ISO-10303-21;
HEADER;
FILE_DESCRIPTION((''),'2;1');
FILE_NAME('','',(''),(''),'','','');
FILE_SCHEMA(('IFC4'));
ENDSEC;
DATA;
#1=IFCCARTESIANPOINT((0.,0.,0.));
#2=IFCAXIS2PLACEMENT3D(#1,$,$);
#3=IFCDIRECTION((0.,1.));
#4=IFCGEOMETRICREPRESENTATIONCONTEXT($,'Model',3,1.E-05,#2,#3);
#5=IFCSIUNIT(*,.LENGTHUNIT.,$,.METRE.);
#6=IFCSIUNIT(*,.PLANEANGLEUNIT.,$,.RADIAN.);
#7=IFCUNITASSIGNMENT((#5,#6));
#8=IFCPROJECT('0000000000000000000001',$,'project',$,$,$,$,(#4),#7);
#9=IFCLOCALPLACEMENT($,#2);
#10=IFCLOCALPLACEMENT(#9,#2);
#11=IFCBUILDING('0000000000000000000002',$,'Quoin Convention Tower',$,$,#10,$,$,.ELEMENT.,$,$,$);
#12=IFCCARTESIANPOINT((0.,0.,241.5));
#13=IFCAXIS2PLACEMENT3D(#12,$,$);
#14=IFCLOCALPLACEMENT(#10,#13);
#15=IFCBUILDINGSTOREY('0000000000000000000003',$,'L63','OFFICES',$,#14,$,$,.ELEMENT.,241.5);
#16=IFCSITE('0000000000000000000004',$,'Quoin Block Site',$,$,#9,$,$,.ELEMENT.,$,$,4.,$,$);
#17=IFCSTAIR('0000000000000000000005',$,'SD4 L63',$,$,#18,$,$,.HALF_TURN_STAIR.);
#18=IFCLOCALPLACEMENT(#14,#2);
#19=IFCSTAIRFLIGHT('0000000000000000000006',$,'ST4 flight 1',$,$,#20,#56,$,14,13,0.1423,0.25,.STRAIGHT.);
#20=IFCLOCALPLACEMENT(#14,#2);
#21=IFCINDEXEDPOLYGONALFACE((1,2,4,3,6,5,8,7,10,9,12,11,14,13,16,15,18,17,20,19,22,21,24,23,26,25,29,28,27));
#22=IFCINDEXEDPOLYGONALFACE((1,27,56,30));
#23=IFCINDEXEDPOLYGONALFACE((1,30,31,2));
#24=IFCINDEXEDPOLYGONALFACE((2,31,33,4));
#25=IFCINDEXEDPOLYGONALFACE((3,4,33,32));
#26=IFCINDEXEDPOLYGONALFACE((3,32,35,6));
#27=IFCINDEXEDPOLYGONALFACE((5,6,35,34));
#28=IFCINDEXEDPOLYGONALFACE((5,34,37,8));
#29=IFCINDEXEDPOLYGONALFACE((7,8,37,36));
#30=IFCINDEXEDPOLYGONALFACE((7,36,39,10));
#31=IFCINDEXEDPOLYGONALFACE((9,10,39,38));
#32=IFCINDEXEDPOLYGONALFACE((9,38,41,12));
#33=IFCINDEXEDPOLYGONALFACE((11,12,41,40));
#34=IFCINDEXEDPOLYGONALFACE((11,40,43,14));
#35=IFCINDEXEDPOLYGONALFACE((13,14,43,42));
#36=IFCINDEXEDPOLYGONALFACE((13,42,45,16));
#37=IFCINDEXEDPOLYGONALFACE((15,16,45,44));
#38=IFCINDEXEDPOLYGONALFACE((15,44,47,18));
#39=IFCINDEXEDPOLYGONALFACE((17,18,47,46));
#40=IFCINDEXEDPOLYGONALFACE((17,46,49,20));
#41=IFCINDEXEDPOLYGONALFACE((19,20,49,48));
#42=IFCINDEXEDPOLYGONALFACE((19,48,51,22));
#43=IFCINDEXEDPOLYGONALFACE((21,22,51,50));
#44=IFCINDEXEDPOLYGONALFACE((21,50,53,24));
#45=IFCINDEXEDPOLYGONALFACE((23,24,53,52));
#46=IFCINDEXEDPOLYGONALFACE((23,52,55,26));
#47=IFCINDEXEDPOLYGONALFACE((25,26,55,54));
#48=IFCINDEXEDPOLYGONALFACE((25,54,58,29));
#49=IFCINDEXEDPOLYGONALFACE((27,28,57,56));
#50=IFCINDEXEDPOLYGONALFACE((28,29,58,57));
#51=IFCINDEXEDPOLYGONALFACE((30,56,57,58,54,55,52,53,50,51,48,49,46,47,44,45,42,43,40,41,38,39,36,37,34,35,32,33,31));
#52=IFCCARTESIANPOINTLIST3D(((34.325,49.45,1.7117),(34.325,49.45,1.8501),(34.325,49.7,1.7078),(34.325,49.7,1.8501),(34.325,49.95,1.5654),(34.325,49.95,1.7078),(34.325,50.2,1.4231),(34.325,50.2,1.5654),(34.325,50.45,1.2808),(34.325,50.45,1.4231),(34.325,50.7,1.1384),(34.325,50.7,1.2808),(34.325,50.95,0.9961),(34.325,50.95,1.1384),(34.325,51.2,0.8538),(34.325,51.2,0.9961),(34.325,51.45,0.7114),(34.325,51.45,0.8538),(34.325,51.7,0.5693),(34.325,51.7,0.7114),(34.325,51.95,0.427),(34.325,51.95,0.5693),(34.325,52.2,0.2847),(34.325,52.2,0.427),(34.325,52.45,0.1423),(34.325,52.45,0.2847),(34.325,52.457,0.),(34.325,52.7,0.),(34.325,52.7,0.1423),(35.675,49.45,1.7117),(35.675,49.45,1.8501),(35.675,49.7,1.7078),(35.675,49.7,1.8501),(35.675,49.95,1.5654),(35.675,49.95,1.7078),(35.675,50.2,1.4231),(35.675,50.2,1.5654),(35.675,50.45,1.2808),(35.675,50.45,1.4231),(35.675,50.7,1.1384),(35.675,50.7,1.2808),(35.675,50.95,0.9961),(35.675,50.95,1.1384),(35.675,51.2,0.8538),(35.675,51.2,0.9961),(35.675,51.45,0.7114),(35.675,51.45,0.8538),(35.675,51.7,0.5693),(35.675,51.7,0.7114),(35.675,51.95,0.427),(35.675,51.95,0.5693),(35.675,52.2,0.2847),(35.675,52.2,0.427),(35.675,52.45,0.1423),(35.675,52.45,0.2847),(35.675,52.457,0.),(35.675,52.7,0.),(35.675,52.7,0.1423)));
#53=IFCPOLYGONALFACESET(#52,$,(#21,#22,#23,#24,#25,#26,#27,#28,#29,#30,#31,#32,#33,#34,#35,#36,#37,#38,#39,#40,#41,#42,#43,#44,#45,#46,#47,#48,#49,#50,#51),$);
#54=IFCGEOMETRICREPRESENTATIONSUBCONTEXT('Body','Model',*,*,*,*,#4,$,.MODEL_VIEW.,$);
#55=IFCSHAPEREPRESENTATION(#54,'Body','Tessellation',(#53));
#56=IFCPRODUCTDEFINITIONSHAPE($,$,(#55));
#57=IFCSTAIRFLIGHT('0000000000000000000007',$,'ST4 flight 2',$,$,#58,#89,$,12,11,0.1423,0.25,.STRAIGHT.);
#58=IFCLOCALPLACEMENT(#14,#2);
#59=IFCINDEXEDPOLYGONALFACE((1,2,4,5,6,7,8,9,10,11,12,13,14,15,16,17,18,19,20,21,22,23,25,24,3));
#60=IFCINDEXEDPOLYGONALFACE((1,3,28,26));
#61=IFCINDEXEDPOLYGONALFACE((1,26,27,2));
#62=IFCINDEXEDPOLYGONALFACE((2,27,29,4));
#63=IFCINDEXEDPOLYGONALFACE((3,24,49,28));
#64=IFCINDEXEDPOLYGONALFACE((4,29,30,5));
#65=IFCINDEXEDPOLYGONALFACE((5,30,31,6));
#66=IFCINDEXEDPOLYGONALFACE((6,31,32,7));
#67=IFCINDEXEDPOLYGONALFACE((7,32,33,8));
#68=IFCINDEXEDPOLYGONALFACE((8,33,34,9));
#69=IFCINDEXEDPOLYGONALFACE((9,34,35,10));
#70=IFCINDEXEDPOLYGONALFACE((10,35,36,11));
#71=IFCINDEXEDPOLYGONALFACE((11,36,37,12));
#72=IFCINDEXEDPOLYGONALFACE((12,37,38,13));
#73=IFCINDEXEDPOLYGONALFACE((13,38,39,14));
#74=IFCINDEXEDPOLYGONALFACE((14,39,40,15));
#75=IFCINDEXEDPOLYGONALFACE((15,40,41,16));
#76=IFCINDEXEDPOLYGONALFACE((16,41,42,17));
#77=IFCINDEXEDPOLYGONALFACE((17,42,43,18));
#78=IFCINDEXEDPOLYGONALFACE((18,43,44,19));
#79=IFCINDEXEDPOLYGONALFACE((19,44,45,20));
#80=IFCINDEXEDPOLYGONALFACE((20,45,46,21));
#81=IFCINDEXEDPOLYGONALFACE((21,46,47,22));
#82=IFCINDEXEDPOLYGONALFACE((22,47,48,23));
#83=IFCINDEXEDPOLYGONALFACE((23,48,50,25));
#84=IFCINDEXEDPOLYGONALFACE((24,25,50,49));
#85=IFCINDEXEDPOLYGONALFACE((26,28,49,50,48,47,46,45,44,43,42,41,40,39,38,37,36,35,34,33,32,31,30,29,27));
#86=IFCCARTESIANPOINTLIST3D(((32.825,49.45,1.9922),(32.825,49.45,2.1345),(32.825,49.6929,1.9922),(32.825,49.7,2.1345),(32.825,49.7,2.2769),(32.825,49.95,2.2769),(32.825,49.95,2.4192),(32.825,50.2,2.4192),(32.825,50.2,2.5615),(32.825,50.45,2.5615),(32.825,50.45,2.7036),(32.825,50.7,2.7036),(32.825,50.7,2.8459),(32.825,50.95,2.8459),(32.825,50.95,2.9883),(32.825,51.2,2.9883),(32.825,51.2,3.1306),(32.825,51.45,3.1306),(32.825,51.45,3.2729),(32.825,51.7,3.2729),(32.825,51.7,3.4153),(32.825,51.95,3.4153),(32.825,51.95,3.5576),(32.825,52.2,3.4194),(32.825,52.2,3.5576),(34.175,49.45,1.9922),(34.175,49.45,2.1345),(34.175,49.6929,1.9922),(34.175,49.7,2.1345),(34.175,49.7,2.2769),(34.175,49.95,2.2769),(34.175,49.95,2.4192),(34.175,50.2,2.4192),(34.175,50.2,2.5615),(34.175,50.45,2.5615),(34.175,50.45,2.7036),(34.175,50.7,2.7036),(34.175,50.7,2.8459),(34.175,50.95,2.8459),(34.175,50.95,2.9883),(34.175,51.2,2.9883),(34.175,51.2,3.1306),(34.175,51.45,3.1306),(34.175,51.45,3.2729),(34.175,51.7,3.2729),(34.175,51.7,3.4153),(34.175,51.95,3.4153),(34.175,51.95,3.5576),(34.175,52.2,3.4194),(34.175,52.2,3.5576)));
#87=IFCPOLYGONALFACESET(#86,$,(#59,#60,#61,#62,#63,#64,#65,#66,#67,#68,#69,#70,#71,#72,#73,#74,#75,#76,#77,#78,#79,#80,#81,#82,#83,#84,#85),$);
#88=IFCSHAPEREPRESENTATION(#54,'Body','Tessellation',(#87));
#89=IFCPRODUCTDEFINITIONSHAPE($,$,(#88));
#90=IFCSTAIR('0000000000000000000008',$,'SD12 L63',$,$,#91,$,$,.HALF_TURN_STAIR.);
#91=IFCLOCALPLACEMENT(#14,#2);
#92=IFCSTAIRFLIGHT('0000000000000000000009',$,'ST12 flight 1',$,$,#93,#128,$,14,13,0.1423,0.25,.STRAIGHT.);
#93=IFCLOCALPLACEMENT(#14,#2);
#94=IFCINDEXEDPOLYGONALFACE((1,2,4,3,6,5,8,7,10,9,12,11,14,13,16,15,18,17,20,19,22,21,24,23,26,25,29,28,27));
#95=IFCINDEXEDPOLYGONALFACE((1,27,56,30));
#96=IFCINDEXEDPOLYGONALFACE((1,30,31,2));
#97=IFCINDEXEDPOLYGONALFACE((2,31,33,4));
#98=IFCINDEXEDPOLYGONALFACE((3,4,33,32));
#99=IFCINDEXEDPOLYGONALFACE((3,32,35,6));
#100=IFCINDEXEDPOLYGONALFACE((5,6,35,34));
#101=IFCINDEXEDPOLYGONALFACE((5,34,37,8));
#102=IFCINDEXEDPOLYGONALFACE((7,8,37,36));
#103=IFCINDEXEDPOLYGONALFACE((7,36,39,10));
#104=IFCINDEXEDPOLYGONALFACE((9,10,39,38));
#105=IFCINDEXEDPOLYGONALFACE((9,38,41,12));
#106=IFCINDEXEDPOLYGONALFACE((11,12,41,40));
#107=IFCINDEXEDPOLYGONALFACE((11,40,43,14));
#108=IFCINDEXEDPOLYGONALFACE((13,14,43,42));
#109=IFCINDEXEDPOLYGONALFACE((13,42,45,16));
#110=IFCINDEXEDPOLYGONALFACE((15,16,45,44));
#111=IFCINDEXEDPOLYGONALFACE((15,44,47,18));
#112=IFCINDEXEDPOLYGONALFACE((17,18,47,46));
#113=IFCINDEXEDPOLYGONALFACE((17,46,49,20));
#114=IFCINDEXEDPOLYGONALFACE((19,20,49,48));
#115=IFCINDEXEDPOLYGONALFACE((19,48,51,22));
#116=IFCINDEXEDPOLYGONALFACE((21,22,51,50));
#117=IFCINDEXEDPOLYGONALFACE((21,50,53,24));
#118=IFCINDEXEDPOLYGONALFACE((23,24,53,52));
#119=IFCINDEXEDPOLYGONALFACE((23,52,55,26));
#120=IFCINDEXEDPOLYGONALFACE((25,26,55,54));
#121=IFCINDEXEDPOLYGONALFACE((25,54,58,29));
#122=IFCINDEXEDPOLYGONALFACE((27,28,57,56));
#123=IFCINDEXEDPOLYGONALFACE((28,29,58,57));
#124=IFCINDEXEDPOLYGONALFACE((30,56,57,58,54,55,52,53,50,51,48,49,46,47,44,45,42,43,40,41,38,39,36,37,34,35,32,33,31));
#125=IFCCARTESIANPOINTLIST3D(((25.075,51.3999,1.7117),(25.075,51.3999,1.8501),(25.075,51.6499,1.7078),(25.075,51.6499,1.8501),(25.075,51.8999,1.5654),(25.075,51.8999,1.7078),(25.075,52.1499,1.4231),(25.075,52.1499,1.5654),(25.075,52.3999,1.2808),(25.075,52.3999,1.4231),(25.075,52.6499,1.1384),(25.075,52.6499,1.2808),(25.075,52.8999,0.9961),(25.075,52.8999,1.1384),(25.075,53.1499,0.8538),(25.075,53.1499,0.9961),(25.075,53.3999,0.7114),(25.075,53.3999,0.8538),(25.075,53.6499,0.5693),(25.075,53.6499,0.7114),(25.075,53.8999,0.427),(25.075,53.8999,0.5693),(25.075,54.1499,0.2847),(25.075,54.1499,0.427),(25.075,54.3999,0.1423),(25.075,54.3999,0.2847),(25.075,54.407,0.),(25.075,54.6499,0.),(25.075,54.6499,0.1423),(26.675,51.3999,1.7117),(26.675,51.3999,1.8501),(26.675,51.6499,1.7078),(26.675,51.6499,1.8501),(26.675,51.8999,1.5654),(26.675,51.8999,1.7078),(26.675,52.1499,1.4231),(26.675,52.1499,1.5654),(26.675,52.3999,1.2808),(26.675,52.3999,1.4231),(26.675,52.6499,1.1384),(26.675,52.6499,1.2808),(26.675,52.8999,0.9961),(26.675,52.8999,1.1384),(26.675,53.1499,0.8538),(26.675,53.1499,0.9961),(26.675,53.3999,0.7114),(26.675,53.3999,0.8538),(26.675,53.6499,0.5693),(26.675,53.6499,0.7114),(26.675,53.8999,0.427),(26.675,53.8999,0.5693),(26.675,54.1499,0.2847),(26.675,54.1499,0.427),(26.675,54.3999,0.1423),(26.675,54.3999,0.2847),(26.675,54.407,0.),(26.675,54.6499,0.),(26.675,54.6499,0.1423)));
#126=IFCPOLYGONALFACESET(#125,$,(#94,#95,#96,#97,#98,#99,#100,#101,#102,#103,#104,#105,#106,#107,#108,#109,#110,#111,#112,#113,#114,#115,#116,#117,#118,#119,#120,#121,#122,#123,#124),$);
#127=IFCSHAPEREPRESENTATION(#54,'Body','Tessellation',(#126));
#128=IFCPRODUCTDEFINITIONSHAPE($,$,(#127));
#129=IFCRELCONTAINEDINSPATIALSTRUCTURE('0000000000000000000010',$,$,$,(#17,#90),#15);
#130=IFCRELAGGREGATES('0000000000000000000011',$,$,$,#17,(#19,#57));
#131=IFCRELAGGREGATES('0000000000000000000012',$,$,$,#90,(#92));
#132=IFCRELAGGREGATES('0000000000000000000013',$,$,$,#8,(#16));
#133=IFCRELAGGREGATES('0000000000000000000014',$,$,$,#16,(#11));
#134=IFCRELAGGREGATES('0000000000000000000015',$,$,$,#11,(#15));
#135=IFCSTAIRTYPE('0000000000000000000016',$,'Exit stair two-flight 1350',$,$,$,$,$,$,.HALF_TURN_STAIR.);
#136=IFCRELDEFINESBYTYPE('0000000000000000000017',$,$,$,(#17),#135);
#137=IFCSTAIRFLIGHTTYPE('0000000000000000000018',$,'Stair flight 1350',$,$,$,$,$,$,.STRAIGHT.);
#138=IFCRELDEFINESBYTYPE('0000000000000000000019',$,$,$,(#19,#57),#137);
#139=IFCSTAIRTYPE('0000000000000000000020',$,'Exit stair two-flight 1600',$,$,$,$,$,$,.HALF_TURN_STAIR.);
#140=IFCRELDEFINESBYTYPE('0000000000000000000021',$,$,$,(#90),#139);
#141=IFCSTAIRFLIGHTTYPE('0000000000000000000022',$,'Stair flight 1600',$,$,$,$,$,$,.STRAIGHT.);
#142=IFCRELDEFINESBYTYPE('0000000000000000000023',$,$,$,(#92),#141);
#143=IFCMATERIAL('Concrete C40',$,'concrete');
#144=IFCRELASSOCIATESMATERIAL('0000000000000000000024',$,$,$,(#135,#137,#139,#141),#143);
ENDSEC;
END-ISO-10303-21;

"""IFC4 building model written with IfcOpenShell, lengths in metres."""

from ifc_helpers import new_model, si_unit, direction, frame, origin, place, context, subcontext, project, spatial, polyline, outline, extrude, material, type_object, element, aggregate, save


model = new_model("IFC4")

# Units and contexts
model_context = context("Model", 3, precision=1e-05, world=origin(), true_north=direction((0.0, 1.0)))
body_context = subcontext(model_context, "Body", "Model", "MODEL_VIEW")
ifc_project = project(units=[si_unit("LENGTHUNIT", "METRE"), si_unit("PLANEANGLEUNIT", "RADIAN")], contexts=[model_context])

# Site, building, storey
site_placement = place(None, origin())
site = spatial("IfcSite", under=ifc_project, at=site_placement, Name="Quoin Block Site", CompositionType="ELEMENT", RefElevation=4.0)
building_placement = place(site_placement, origin())
building = spatial("IfcBuilding", under=site, at=building_placement, Name="Quoin Convention Tower", CompositionType="ELEMENT")
storey_placement = place(building_placement, frame((0.0, 0.0, 241.5)))
storey = spatial("IfcBuildingStorey", under=building, at=storey_placement, Name="L63", Description="OFFICES", CompositionType="ELEMENT", Elevation=241.5)

# Shared definitions
ifc_material_1 = material(Name="Concrete C40", Category="concrete")
stair_type_1 = type_object("IfcStairType", Name="Exit stair two-flight 1350", PredefinedType="HALF_TURN_STAIR", material=ifc_material_1)
stair_flight_type_1 = type_object("IfcStairFlightType", Name="Stair flight 1350", PredefinedType="STRAIGHT", material=ifc_material_1)

# Stair, stair flights
stair_1_placement = place(storey_placement, origin())
stair_1 = element("IfcStair", 1, at=stair_1_placement, inside=storey, type_object=stair_type_1, Name="SD4 L63", PredefinedType="HALF_TURN_STAIR")
stair_flight_1_placement = place(storey_placement, frame((35.0, 52.7, 0.0), z_axis=(0.0, 0.0, 1.0), x_axis=(0.0, -1.0, 0.0)))
stair_flight_1 = element("IfcStairFlight", 2, at=stair_flight_1_placement, type_object=stair_flight_type_1, Name="ST4 flight 1", NumberOfRisers=14, NumberOfTreads=13, PredefinedType="STRAIGHT", RiserHeight=0.1423, TreadLength=0.25, context=body_context, shape_type="SweptSolid", body=[
    extrude(outline(polyline([(0.0, 0.0), (0.0, 0.1423), (0.25, 0.1423), (0.25, 0.2847), (0.5, 0.2847), (0.5, 0.427), (0.75, 0.427), (0.75, 0.5693), (1.0, 0.5693), (1.0, 0.7114), (1.25, 0.7114), (1.25, 0.8538), (1.5, 0.8538), (1.5, 0.9961), (1.75, 0.9961), (1.75, 1.1384), (2.0, 1.1384), (2.0, 1.2808), (2.25, 1.2808), (2.25, 1.4231), (2.5, 1.4231), (2.5, 1.5654), (2.75, 1.5654), (2.75, 1.7078), (3.0, 1.7078), (3.0, 1.8501), (3.25, 1.8501), (3.25, 1.9922), (3.25, 1.7117), (0.2429, 0.0), (0.0, 0.0)])), frame((0.0, 0.675, 0.0), z_axis=(0.0, -1.0, 0.0), x_axis=(1.0, 0.0, 0.0)), (0.0, 0.0, 1.0), 1.3501),
])
stair_flight_2_placement = place(storey_placement, frame((33.5, 49.45, 1.9922), z_axis=(0.0, 0.0, 1.0), x_axis=(0.0, 1.0, 0.0)))
stair_flight_2 = element("IfcStairFlight", 3, at=stair_flight_2_placement, type_object=stair_flight_type_1, Name="ST4 flight 2", NumberOfRisers=12, NumberOfTreads=11, PredefinedType="STRAIGHT", RiserHeight=0.1423, TreadLength=0.25, context=body_context, shape_type="SweptSolid", body=[
    extrude(outline(polyline([(0.0, 0.0), (0.0, 0.1423), (0.25, 0.1423), (0.25, 0.2847), (0.5, 0.2847), (0.5, 0.427), (0.75, 0.427), (0.75, 0.5693), (1.0, 0.5693), (1.0, 0.7114), (1.25, 0.7114), (1.25, 0.8538), (1.5, 0.8538), (1.5, 0.9961), (1.75, 0.9961), (1.75, 1.1384), (2.0, 1.1384), (2.0, 1.2808), (2.25, 1.2808), (2.25, 1.4231), (2.5, 1.4231), (2.5, 1.5654), (2.75, 1.5654), (2.75, 1.7078), (2.75, 1.4272), (0.2429, 0.0), (0.0, 0.0)])), frame((0.0, 0.675, 0.0), z_axis=(0.0, -1.0, 0.0), x_axis=(1.0, 0.0, 0.0)), (0.0, 0.0, 1.0), 1.3501),
])
aggregate(stair_1, [stair_flight_1, stair_flight_2])

# Stair, stair flight
stair_type_2 = type_object("IfcStairType", Name="Exit stair two-flight 1600", PredefinedType="HALF_TURN_STAIR", material=ifc_material_1)
stair_2_placement = place(storey_placement, origin())
stair_2 = element("IfcStair", 4, at=stair_2_placement, inside=storey, type_object=stair_type_2, Name="SD12 L63", PredefinedType="HALF_TURN_STAIR")
stair_flight_type_2 = type_object("IfcStairFlightType", Name="Stair flight 1600", PredefinedType="STRAIGHT", material=ifc_material_1)
stair_flight_3_placement = place(storey_placement, frame((25.875, 54.6499, 0.0), z_axis=(0.0, 0.0, 1.0), x_axis=(0.0, -1.0, 0.0)))
stair_flight_3 = element("IfcStairFlight", 5, at=stair_flight_3_placement, type_object=stair_flight_type_2, Name="ST12 flight 1", NumberOfRisers=14, NumberOfTreads=13, PredefinedType="STRAIGHT", RiserHeight=0.1423, TreadLength=0.25, context=body_context, shape_type="SweptSolid", body=[
    extrude(outline(polyline([(0.0, 0.0), (0.0, 0.1423), (0.25, 0.1423), (0.25, 0.2847), (0.5, 0.2847), (0.5, 0.427), (0.75, 0.427), (0.75, 0.5693), (1.0, 0.5693), (1.0, 0.7114), (1.25, 0.7114), (1.25, 0.8538), (1.5, 0.8538), (1.5, 0.9961), (1.75, 0.9961), (1.75, 1.1384), (2.0, 1.1384), (2.0, 1.2808), (2.25, 1.2808), (2.25, 1.4231), (2.5, 1.4231), (2.5, 1.5654), (2.75, 1.5654), (2.75, 1.7078), (3.0, 1.7078), (3.0, 1.8501), (3.25, 1.8501), (3.25, 1.9922), (3.25, 1.7117), (0.2429, 0.0), (0.0, 0.0)])), frame((0.0, 0.8, 0.0), z_axis=(0.0, -1.0, 0.0), x_axis=(1.0, 0.0, 0.0)), (0.0, 0.0, 1.0), 1.6001),
])
aggregate(stair_2, [stair_flight_3])

save(model, "model.ifc")
